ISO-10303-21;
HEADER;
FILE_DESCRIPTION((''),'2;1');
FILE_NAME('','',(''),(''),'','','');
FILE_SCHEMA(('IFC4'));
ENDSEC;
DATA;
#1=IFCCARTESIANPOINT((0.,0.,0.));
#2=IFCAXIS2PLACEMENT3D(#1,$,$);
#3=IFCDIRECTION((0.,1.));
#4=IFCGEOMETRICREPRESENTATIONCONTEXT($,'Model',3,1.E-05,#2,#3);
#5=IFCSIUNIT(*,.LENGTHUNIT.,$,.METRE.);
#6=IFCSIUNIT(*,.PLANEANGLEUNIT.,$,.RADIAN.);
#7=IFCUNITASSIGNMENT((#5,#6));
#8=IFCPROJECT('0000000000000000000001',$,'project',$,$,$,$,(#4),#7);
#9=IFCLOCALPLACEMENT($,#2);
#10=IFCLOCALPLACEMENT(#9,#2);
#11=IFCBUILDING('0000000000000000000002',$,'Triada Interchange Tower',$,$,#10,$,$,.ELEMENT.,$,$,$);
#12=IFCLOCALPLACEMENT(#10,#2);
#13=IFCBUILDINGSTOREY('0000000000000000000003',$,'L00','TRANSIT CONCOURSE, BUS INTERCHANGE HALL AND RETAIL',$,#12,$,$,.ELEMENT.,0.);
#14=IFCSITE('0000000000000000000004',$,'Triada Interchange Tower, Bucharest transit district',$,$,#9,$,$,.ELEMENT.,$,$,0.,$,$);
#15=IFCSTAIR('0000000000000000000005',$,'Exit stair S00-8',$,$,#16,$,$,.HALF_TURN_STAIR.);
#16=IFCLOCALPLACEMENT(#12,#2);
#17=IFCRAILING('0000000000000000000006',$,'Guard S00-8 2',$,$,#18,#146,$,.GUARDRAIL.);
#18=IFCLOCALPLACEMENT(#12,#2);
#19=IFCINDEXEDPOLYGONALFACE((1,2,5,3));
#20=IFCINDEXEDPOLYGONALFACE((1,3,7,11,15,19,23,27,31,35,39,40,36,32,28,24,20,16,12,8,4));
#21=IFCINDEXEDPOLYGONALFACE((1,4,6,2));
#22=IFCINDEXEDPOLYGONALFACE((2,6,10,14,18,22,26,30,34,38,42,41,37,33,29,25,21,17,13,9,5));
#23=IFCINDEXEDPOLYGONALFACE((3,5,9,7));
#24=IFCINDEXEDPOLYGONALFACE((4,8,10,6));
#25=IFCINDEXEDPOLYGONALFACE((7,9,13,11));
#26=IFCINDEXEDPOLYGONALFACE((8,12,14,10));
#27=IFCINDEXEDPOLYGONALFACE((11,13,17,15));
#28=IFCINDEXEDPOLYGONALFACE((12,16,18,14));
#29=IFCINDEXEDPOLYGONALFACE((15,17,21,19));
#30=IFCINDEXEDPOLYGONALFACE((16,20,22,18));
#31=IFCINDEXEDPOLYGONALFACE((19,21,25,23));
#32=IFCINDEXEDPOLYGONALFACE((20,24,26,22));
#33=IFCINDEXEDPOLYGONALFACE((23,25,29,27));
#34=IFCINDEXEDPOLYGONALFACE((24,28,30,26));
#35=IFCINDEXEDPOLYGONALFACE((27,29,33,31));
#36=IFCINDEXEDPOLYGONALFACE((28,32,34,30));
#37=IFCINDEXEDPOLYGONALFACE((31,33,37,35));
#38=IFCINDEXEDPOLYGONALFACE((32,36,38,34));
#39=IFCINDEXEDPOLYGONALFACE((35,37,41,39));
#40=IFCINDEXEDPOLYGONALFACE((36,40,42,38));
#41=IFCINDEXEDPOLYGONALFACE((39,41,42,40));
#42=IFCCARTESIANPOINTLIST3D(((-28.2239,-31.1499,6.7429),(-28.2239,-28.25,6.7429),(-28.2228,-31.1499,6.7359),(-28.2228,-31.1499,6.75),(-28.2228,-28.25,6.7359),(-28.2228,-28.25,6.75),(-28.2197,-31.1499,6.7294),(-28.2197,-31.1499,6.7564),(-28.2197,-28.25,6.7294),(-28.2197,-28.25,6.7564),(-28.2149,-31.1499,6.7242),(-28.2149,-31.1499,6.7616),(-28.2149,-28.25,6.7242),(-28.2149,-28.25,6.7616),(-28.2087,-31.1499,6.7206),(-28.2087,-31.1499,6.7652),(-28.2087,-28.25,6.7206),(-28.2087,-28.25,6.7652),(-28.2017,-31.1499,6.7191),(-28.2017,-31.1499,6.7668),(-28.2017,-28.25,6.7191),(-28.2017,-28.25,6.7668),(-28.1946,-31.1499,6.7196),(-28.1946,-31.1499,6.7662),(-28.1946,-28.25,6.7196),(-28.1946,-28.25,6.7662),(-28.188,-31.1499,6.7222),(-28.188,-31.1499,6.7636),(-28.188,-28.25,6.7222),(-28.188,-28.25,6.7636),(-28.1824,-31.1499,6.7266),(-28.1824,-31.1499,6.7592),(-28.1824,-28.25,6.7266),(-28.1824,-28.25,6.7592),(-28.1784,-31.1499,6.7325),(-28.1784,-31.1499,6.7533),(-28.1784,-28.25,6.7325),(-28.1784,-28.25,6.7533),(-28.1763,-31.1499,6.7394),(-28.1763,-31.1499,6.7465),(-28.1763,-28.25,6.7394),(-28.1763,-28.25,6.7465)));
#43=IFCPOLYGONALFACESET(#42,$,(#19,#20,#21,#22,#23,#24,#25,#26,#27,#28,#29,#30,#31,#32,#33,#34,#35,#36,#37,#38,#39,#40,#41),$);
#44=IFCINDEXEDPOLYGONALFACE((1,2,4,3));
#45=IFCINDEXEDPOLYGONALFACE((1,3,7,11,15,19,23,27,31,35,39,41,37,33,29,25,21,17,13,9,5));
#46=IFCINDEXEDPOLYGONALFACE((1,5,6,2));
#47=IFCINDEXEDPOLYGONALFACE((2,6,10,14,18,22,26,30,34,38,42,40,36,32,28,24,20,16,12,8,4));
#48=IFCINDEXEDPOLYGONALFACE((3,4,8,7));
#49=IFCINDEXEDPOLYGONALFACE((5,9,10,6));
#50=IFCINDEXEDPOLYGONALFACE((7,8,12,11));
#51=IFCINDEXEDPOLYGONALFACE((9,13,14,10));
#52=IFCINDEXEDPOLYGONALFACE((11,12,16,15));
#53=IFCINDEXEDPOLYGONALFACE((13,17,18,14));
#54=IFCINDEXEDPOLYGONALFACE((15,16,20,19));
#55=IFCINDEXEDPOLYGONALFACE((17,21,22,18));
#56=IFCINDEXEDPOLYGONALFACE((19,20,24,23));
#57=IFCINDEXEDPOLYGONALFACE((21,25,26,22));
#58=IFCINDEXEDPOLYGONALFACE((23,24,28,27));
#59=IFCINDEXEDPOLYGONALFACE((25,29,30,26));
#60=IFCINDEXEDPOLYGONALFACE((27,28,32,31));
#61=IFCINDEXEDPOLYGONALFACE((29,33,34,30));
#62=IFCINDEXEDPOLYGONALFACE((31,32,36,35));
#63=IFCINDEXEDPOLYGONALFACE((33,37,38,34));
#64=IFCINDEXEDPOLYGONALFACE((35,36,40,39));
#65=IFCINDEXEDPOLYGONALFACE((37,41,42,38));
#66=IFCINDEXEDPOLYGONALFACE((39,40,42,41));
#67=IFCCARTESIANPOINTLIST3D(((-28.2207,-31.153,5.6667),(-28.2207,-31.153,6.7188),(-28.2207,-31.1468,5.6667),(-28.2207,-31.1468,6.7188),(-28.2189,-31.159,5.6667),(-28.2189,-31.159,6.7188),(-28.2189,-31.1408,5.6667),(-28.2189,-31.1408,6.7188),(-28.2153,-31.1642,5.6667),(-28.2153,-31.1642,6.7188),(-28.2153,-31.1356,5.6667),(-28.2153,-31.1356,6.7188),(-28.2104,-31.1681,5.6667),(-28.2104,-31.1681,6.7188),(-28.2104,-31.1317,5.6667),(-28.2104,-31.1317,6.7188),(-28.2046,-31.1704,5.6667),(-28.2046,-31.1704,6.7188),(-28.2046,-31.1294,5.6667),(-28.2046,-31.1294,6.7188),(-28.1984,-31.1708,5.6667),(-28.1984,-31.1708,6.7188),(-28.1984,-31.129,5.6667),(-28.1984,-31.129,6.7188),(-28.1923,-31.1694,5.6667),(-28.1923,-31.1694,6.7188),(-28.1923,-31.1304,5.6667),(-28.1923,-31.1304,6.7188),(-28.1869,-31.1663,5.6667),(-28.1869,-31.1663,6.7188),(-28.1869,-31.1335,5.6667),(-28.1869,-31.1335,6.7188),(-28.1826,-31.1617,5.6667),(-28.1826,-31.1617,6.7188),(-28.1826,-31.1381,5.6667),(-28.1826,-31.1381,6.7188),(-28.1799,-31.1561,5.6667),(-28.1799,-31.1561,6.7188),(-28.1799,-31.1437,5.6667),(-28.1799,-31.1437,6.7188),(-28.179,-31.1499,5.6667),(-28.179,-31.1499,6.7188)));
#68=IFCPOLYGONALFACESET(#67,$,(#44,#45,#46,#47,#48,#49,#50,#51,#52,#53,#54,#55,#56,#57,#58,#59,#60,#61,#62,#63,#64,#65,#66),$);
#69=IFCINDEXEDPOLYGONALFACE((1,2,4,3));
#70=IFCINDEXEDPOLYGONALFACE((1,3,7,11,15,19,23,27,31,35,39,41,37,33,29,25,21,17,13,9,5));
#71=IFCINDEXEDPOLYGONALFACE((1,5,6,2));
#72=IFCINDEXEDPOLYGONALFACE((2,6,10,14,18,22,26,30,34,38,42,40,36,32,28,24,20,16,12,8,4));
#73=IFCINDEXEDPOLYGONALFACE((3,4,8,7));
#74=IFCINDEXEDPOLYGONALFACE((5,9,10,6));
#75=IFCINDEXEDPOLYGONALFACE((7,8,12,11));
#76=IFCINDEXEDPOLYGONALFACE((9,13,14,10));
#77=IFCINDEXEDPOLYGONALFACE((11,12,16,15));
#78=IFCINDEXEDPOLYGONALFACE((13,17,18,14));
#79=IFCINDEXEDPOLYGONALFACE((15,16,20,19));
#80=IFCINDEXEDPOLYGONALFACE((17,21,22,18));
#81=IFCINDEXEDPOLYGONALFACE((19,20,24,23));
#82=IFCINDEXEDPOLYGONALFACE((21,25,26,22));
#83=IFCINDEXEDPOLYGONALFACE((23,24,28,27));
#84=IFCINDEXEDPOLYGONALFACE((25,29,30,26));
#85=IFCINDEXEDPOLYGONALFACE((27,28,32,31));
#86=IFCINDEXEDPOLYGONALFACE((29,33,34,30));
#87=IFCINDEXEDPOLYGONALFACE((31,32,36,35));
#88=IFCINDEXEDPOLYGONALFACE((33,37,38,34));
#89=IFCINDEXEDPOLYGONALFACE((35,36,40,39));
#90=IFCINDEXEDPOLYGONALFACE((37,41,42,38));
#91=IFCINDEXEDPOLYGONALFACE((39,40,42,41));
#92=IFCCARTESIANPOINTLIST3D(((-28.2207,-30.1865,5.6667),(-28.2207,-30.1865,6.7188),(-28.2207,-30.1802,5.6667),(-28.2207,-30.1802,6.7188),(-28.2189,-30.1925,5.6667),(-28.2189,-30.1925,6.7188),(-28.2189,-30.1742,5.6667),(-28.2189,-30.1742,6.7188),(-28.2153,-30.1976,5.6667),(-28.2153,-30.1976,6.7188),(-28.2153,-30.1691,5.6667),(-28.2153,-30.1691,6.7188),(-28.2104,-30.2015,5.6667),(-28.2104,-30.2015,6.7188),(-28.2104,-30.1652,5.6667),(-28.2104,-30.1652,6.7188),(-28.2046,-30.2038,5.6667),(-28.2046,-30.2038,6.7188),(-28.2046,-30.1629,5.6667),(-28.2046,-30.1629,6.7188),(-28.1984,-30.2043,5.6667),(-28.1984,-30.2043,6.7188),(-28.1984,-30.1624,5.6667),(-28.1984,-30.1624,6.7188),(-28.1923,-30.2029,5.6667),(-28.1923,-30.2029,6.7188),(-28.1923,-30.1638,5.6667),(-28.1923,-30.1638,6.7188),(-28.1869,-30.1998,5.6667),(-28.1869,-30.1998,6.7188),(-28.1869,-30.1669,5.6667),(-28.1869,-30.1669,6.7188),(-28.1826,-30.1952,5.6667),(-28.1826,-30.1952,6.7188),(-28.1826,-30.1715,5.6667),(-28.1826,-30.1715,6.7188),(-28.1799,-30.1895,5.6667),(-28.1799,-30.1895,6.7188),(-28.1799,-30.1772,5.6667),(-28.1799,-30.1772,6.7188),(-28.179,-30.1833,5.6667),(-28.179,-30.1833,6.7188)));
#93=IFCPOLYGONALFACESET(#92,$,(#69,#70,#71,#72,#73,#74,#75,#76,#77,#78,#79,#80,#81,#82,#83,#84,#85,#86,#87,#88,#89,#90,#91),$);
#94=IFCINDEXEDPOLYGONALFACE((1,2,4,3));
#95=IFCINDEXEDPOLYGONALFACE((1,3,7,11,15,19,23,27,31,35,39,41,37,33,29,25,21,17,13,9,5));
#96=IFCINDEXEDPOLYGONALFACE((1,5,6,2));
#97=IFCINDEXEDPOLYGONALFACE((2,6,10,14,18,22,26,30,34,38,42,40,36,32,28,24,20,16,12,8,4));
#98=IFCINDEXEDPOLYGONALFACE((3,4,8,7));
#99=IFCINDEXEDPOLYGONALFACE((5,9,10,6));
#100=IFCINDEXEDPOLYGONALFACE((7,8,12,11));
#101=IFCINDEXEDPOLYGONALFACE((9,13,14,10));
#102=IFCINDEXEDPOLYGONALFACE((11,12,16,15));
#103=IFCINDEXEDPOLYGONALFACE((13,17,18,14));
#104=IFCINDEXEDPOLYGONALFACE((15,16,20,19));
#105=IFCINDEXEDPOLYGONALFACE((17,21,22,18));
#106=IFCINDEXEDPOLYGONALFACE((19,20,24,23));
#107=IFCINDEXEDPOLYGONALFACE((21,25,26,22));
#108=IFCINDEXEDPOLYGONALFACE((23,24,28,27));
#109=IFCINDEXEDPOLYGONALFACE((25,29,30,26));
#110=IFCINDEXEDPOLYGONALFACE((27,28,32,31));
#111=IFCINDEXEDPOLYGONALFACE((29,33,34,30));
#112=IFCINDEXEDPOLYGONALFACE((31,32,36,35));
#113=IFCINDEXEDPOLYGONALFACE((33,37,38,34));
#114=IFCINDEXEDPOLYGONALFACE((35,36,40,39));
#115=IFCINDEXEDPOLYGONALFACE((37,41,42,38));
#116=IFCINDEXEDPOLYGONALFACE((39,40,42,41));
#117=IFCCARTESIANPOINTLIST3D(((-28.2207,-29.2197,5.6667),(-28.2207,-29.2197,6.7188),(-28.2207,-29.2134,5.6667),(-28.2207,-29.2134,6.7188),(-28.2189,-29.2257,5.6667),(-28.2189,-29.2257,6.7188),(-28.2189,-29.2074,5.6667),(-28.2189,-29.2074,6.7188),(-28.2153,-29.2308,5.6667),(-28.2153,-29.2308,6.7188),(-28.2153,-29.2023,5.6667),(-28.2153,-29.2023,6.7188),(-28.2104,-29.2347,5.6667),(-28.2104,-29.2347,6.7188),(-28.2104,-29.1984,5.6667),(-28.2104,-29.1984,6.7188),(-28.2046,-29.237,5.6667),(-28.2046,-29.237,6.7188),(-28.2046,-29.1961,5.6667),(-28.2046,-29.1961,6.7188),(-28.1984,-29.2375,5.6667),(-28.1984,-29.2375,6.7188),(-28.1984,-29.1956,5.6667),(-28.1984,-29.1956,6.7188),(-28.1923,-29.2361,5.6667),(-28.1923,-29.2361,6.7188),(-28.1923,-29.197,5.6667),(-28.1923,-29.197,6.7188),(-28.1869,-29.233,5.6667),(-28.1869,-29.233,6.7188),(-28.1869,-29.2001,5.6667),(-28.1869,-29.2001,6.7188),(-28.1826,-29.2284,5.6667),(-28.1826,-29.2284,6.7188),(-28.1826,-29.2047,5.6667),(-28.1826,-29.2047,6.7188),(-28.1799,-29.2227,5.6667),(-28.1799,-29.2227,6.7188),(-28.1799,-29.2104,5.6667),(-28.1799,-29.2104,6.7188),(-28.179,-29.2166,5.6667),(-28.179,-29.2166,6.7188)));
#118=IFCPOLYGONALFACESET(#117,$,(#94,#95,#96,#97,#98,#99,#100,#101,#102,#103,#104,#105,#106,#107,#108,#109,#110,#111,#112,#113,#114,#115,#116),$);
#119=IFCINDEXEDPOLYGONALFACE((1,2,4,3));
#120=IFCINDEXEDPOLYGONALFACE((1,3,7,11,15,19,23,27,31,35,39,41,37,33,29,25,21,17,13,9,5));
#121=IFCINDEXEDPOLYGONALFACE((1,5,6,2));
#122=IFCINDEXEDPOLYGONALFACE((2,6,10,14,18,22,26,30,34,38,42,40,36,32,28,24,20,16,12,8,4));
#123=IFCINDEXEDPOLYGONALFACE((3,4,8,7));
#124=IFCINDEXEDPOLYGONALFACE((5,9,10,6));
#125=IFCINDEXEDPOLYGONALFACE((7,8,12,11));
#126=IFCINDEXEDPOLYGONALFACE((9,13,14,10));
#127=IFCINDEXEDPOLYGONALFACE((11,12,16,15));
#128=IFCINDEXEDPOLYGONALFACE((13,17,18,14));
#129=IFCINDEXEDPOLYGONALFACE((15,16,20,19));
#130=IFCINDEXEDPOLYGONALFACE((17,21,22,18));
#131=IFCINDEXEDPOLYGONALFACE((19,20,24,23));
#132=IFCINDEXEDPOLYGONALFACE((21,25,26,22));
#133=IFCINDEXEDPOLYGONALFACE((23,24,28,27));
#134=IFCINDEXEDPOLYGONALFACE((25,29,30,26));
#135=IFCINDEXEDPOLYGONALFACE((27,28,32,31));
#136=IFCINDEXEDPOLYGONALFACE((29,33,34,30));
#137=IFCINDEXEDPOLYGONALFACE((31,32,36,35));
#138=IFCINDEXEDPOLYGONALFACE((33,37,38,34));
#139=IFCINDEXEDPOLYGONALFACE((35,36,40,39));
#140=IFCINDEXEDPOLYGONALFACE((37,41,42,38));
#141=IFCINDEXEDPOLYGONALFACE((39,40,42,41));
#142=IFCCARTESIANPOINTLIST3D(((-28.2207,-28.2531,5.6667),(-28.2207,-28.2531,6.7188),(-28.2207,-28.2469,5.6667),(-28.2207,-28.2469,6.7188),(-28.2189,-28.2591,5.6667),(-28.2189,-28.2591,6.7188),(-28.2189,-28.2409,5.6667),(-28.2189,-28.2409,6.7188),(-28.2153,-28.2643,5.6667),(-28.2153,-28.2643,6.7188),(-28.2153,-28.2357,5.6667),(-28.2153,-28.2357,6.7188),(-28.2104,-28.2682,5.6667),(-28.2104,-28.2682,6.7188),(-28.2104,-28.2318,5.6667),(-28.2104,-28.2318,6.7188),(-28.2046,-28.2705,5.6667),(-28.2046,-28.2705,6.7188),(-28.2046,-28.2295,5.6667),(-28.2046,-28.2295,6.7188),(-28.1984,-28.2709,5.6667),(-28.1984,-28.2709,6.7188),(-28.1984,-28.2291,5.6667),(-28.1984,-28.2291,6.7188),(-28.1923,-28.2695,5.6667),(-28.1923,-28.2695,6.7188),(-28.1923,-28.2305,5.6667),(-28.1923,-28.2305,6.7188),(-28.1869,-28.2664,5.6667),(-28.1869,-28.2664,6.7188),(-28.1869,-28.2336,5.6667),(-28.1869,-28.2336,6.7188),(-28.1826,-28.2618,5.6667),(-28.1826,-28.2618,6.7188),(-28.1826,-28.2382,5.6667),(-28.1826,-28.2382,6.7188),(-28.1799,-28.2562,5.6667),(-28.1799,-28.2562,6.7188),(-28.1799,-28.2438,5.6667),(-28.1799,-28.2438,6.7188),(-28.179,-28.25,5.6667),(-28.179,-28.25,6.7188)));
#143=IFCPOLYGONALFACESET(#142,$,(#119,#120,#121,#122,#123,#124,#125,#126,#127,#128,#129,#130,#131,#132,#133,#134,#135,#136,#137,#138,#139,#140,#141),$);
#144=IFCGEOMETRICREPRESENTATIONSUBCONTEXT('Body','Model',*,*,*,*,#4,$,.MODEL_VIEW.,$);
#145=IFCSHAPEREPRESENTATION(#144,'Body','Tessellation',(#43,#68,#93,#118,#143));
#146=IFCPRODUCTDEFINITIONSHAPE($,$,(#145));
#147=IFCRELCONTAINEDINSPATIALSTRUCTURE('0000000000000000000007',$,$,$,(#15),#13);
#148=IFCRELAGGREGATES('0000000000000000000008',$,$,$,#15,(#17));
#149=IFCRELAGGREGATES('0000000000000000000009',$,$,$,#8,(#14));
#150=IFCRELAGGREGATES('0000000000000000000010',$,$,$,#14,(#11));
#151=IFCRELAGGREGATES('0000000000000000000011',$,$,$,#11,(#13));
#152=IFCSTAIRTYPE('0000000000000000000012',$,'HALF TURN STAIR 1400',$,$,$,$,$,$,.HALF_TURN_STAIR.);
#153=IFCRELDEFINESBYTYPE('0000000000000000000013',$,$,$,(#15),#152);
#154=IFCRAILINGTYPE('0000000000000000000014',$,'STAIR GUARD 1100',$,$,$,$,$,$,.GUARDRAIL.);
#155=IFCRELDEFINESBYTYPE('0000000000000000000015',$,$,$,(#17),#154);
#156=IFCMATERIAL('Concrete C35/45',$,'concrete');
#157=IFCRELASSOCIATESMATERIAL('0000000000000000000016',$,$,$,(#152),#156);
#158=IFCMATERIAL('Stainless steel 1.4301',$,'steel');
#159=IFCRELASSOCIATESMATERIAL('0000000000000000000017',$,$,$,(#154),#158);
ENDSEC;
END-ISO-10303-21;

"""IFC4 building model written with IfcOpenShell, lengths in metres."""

from ifc_helpers import new_model, si_unit, direction, frame, origin, origin_2d, place, context, subcontext, project, spatial, circle, extrude, material, type_object, element, aggregate, save


model = new_model("IFC4")

# Units and contexts
model_context = context("Model", 3, precision=1e-05, world=origin(), true_north=direction((0.0, 1.0)))
body_context = subcontext(model_context, "Body", "Model", "MODEL_VIEW")
ifc_project = project(units=[si_unit("LENGTHUNIT", "METRE"), si_unit("PLANEANGLEUNIT", "RADIAN")], contexts=[model_context])

# Site, building, storey
site_placement = place(None, origin())
site = spatial("IfcSite", under=ifc_project, at=site_placement, Name="Triada Interchange Tower, Bucharest transit district", CompositionType="ELEMENT", RefElevation=0.0)
building_placement = place(site_placement, origin())
building = spatial("IfcBuilding", under=site, at=building_placement, Name="Triada Interchange Tower", CompositionType="ELEMENT")
storey_placement = place(building_placement, origin())
storey = spatial("IfcBuildingStorey", under=building, at=storey_placement, Name="L00", Description="TRANSIT CONCOURSE, BUS INTERCHANGE HALL AND RETAIL", CompositionType="ELEMENT", Elevation=0.0)

# Shared definitions
ifc_material_1 = material(Name="Concrete C35/45", Category="concrete")

# Stair, railing
stair_type = type_object("IfcStairType", Name="HALF TURN STAIR 1400", PredefinedType="HALF_TURN_STAIR", material=ifc_material_1)
stair_placement = place(storey_placement, origin())
stair = element("IfcStair", 1, at=stair_placement, inside=storey, type_object=stair_type, Name="Exit stair S00-8", PredefinedType="HALF_TURN_STAIR")
ifc_material_2 = material(Name="Stainless steel 1.4301", Category="steel")
railing_type_1 = type_object("IfcRailingType", Name="STAIR GUARD 1100", PredefinedType="GUARDRAIL", material=ifc_material_2)
railing_1_placement = place(storey_placement, frame((-28.2, -31.1499, 5.6667)))
railing_1 = element("IfcRailing", 2, at=railing_1_placement, type_object=railing_type_1, Name="Guard S00-8 2", PredefinedType="GUARDRAIL", context=body_context, shape_type="SweptSolid", body=[
    extrude(circle(Radius=0.0239, at=origin_2d()), frame((0.0, 0.0, 1.0762), z_axis=(0.0, 1.0, 0.0), x_axis=(-1.0, 0.0, 0.0)), (0.0, 0.0, 1.0), 2.8999),
    extrude(circle(Radius=0.021, at=origin_2d()), origin(), (0.0, 0.0, 1.0), 1.052),
    extrude(circle(Radius=0.021, at=origin_2d()), frame((0.0, 0.9666, 0.0)), (0.0, 0.0, 1.0), 1.052),
    extrude(circle(Radius=0.021, at=origin_2d()), frame((0.0, 1.9333, 0.0)), (0.0, 0.0, 1.0), 1.052),
    extrude(circle(Radius=0.021, at=origin_2d()), frame((0.0, 2.8999, 0.0)), (0.0, 0.0, 1.0), 1.052),
])
aggregate(stair, [railing_1])

save(model, "model.ifc")
